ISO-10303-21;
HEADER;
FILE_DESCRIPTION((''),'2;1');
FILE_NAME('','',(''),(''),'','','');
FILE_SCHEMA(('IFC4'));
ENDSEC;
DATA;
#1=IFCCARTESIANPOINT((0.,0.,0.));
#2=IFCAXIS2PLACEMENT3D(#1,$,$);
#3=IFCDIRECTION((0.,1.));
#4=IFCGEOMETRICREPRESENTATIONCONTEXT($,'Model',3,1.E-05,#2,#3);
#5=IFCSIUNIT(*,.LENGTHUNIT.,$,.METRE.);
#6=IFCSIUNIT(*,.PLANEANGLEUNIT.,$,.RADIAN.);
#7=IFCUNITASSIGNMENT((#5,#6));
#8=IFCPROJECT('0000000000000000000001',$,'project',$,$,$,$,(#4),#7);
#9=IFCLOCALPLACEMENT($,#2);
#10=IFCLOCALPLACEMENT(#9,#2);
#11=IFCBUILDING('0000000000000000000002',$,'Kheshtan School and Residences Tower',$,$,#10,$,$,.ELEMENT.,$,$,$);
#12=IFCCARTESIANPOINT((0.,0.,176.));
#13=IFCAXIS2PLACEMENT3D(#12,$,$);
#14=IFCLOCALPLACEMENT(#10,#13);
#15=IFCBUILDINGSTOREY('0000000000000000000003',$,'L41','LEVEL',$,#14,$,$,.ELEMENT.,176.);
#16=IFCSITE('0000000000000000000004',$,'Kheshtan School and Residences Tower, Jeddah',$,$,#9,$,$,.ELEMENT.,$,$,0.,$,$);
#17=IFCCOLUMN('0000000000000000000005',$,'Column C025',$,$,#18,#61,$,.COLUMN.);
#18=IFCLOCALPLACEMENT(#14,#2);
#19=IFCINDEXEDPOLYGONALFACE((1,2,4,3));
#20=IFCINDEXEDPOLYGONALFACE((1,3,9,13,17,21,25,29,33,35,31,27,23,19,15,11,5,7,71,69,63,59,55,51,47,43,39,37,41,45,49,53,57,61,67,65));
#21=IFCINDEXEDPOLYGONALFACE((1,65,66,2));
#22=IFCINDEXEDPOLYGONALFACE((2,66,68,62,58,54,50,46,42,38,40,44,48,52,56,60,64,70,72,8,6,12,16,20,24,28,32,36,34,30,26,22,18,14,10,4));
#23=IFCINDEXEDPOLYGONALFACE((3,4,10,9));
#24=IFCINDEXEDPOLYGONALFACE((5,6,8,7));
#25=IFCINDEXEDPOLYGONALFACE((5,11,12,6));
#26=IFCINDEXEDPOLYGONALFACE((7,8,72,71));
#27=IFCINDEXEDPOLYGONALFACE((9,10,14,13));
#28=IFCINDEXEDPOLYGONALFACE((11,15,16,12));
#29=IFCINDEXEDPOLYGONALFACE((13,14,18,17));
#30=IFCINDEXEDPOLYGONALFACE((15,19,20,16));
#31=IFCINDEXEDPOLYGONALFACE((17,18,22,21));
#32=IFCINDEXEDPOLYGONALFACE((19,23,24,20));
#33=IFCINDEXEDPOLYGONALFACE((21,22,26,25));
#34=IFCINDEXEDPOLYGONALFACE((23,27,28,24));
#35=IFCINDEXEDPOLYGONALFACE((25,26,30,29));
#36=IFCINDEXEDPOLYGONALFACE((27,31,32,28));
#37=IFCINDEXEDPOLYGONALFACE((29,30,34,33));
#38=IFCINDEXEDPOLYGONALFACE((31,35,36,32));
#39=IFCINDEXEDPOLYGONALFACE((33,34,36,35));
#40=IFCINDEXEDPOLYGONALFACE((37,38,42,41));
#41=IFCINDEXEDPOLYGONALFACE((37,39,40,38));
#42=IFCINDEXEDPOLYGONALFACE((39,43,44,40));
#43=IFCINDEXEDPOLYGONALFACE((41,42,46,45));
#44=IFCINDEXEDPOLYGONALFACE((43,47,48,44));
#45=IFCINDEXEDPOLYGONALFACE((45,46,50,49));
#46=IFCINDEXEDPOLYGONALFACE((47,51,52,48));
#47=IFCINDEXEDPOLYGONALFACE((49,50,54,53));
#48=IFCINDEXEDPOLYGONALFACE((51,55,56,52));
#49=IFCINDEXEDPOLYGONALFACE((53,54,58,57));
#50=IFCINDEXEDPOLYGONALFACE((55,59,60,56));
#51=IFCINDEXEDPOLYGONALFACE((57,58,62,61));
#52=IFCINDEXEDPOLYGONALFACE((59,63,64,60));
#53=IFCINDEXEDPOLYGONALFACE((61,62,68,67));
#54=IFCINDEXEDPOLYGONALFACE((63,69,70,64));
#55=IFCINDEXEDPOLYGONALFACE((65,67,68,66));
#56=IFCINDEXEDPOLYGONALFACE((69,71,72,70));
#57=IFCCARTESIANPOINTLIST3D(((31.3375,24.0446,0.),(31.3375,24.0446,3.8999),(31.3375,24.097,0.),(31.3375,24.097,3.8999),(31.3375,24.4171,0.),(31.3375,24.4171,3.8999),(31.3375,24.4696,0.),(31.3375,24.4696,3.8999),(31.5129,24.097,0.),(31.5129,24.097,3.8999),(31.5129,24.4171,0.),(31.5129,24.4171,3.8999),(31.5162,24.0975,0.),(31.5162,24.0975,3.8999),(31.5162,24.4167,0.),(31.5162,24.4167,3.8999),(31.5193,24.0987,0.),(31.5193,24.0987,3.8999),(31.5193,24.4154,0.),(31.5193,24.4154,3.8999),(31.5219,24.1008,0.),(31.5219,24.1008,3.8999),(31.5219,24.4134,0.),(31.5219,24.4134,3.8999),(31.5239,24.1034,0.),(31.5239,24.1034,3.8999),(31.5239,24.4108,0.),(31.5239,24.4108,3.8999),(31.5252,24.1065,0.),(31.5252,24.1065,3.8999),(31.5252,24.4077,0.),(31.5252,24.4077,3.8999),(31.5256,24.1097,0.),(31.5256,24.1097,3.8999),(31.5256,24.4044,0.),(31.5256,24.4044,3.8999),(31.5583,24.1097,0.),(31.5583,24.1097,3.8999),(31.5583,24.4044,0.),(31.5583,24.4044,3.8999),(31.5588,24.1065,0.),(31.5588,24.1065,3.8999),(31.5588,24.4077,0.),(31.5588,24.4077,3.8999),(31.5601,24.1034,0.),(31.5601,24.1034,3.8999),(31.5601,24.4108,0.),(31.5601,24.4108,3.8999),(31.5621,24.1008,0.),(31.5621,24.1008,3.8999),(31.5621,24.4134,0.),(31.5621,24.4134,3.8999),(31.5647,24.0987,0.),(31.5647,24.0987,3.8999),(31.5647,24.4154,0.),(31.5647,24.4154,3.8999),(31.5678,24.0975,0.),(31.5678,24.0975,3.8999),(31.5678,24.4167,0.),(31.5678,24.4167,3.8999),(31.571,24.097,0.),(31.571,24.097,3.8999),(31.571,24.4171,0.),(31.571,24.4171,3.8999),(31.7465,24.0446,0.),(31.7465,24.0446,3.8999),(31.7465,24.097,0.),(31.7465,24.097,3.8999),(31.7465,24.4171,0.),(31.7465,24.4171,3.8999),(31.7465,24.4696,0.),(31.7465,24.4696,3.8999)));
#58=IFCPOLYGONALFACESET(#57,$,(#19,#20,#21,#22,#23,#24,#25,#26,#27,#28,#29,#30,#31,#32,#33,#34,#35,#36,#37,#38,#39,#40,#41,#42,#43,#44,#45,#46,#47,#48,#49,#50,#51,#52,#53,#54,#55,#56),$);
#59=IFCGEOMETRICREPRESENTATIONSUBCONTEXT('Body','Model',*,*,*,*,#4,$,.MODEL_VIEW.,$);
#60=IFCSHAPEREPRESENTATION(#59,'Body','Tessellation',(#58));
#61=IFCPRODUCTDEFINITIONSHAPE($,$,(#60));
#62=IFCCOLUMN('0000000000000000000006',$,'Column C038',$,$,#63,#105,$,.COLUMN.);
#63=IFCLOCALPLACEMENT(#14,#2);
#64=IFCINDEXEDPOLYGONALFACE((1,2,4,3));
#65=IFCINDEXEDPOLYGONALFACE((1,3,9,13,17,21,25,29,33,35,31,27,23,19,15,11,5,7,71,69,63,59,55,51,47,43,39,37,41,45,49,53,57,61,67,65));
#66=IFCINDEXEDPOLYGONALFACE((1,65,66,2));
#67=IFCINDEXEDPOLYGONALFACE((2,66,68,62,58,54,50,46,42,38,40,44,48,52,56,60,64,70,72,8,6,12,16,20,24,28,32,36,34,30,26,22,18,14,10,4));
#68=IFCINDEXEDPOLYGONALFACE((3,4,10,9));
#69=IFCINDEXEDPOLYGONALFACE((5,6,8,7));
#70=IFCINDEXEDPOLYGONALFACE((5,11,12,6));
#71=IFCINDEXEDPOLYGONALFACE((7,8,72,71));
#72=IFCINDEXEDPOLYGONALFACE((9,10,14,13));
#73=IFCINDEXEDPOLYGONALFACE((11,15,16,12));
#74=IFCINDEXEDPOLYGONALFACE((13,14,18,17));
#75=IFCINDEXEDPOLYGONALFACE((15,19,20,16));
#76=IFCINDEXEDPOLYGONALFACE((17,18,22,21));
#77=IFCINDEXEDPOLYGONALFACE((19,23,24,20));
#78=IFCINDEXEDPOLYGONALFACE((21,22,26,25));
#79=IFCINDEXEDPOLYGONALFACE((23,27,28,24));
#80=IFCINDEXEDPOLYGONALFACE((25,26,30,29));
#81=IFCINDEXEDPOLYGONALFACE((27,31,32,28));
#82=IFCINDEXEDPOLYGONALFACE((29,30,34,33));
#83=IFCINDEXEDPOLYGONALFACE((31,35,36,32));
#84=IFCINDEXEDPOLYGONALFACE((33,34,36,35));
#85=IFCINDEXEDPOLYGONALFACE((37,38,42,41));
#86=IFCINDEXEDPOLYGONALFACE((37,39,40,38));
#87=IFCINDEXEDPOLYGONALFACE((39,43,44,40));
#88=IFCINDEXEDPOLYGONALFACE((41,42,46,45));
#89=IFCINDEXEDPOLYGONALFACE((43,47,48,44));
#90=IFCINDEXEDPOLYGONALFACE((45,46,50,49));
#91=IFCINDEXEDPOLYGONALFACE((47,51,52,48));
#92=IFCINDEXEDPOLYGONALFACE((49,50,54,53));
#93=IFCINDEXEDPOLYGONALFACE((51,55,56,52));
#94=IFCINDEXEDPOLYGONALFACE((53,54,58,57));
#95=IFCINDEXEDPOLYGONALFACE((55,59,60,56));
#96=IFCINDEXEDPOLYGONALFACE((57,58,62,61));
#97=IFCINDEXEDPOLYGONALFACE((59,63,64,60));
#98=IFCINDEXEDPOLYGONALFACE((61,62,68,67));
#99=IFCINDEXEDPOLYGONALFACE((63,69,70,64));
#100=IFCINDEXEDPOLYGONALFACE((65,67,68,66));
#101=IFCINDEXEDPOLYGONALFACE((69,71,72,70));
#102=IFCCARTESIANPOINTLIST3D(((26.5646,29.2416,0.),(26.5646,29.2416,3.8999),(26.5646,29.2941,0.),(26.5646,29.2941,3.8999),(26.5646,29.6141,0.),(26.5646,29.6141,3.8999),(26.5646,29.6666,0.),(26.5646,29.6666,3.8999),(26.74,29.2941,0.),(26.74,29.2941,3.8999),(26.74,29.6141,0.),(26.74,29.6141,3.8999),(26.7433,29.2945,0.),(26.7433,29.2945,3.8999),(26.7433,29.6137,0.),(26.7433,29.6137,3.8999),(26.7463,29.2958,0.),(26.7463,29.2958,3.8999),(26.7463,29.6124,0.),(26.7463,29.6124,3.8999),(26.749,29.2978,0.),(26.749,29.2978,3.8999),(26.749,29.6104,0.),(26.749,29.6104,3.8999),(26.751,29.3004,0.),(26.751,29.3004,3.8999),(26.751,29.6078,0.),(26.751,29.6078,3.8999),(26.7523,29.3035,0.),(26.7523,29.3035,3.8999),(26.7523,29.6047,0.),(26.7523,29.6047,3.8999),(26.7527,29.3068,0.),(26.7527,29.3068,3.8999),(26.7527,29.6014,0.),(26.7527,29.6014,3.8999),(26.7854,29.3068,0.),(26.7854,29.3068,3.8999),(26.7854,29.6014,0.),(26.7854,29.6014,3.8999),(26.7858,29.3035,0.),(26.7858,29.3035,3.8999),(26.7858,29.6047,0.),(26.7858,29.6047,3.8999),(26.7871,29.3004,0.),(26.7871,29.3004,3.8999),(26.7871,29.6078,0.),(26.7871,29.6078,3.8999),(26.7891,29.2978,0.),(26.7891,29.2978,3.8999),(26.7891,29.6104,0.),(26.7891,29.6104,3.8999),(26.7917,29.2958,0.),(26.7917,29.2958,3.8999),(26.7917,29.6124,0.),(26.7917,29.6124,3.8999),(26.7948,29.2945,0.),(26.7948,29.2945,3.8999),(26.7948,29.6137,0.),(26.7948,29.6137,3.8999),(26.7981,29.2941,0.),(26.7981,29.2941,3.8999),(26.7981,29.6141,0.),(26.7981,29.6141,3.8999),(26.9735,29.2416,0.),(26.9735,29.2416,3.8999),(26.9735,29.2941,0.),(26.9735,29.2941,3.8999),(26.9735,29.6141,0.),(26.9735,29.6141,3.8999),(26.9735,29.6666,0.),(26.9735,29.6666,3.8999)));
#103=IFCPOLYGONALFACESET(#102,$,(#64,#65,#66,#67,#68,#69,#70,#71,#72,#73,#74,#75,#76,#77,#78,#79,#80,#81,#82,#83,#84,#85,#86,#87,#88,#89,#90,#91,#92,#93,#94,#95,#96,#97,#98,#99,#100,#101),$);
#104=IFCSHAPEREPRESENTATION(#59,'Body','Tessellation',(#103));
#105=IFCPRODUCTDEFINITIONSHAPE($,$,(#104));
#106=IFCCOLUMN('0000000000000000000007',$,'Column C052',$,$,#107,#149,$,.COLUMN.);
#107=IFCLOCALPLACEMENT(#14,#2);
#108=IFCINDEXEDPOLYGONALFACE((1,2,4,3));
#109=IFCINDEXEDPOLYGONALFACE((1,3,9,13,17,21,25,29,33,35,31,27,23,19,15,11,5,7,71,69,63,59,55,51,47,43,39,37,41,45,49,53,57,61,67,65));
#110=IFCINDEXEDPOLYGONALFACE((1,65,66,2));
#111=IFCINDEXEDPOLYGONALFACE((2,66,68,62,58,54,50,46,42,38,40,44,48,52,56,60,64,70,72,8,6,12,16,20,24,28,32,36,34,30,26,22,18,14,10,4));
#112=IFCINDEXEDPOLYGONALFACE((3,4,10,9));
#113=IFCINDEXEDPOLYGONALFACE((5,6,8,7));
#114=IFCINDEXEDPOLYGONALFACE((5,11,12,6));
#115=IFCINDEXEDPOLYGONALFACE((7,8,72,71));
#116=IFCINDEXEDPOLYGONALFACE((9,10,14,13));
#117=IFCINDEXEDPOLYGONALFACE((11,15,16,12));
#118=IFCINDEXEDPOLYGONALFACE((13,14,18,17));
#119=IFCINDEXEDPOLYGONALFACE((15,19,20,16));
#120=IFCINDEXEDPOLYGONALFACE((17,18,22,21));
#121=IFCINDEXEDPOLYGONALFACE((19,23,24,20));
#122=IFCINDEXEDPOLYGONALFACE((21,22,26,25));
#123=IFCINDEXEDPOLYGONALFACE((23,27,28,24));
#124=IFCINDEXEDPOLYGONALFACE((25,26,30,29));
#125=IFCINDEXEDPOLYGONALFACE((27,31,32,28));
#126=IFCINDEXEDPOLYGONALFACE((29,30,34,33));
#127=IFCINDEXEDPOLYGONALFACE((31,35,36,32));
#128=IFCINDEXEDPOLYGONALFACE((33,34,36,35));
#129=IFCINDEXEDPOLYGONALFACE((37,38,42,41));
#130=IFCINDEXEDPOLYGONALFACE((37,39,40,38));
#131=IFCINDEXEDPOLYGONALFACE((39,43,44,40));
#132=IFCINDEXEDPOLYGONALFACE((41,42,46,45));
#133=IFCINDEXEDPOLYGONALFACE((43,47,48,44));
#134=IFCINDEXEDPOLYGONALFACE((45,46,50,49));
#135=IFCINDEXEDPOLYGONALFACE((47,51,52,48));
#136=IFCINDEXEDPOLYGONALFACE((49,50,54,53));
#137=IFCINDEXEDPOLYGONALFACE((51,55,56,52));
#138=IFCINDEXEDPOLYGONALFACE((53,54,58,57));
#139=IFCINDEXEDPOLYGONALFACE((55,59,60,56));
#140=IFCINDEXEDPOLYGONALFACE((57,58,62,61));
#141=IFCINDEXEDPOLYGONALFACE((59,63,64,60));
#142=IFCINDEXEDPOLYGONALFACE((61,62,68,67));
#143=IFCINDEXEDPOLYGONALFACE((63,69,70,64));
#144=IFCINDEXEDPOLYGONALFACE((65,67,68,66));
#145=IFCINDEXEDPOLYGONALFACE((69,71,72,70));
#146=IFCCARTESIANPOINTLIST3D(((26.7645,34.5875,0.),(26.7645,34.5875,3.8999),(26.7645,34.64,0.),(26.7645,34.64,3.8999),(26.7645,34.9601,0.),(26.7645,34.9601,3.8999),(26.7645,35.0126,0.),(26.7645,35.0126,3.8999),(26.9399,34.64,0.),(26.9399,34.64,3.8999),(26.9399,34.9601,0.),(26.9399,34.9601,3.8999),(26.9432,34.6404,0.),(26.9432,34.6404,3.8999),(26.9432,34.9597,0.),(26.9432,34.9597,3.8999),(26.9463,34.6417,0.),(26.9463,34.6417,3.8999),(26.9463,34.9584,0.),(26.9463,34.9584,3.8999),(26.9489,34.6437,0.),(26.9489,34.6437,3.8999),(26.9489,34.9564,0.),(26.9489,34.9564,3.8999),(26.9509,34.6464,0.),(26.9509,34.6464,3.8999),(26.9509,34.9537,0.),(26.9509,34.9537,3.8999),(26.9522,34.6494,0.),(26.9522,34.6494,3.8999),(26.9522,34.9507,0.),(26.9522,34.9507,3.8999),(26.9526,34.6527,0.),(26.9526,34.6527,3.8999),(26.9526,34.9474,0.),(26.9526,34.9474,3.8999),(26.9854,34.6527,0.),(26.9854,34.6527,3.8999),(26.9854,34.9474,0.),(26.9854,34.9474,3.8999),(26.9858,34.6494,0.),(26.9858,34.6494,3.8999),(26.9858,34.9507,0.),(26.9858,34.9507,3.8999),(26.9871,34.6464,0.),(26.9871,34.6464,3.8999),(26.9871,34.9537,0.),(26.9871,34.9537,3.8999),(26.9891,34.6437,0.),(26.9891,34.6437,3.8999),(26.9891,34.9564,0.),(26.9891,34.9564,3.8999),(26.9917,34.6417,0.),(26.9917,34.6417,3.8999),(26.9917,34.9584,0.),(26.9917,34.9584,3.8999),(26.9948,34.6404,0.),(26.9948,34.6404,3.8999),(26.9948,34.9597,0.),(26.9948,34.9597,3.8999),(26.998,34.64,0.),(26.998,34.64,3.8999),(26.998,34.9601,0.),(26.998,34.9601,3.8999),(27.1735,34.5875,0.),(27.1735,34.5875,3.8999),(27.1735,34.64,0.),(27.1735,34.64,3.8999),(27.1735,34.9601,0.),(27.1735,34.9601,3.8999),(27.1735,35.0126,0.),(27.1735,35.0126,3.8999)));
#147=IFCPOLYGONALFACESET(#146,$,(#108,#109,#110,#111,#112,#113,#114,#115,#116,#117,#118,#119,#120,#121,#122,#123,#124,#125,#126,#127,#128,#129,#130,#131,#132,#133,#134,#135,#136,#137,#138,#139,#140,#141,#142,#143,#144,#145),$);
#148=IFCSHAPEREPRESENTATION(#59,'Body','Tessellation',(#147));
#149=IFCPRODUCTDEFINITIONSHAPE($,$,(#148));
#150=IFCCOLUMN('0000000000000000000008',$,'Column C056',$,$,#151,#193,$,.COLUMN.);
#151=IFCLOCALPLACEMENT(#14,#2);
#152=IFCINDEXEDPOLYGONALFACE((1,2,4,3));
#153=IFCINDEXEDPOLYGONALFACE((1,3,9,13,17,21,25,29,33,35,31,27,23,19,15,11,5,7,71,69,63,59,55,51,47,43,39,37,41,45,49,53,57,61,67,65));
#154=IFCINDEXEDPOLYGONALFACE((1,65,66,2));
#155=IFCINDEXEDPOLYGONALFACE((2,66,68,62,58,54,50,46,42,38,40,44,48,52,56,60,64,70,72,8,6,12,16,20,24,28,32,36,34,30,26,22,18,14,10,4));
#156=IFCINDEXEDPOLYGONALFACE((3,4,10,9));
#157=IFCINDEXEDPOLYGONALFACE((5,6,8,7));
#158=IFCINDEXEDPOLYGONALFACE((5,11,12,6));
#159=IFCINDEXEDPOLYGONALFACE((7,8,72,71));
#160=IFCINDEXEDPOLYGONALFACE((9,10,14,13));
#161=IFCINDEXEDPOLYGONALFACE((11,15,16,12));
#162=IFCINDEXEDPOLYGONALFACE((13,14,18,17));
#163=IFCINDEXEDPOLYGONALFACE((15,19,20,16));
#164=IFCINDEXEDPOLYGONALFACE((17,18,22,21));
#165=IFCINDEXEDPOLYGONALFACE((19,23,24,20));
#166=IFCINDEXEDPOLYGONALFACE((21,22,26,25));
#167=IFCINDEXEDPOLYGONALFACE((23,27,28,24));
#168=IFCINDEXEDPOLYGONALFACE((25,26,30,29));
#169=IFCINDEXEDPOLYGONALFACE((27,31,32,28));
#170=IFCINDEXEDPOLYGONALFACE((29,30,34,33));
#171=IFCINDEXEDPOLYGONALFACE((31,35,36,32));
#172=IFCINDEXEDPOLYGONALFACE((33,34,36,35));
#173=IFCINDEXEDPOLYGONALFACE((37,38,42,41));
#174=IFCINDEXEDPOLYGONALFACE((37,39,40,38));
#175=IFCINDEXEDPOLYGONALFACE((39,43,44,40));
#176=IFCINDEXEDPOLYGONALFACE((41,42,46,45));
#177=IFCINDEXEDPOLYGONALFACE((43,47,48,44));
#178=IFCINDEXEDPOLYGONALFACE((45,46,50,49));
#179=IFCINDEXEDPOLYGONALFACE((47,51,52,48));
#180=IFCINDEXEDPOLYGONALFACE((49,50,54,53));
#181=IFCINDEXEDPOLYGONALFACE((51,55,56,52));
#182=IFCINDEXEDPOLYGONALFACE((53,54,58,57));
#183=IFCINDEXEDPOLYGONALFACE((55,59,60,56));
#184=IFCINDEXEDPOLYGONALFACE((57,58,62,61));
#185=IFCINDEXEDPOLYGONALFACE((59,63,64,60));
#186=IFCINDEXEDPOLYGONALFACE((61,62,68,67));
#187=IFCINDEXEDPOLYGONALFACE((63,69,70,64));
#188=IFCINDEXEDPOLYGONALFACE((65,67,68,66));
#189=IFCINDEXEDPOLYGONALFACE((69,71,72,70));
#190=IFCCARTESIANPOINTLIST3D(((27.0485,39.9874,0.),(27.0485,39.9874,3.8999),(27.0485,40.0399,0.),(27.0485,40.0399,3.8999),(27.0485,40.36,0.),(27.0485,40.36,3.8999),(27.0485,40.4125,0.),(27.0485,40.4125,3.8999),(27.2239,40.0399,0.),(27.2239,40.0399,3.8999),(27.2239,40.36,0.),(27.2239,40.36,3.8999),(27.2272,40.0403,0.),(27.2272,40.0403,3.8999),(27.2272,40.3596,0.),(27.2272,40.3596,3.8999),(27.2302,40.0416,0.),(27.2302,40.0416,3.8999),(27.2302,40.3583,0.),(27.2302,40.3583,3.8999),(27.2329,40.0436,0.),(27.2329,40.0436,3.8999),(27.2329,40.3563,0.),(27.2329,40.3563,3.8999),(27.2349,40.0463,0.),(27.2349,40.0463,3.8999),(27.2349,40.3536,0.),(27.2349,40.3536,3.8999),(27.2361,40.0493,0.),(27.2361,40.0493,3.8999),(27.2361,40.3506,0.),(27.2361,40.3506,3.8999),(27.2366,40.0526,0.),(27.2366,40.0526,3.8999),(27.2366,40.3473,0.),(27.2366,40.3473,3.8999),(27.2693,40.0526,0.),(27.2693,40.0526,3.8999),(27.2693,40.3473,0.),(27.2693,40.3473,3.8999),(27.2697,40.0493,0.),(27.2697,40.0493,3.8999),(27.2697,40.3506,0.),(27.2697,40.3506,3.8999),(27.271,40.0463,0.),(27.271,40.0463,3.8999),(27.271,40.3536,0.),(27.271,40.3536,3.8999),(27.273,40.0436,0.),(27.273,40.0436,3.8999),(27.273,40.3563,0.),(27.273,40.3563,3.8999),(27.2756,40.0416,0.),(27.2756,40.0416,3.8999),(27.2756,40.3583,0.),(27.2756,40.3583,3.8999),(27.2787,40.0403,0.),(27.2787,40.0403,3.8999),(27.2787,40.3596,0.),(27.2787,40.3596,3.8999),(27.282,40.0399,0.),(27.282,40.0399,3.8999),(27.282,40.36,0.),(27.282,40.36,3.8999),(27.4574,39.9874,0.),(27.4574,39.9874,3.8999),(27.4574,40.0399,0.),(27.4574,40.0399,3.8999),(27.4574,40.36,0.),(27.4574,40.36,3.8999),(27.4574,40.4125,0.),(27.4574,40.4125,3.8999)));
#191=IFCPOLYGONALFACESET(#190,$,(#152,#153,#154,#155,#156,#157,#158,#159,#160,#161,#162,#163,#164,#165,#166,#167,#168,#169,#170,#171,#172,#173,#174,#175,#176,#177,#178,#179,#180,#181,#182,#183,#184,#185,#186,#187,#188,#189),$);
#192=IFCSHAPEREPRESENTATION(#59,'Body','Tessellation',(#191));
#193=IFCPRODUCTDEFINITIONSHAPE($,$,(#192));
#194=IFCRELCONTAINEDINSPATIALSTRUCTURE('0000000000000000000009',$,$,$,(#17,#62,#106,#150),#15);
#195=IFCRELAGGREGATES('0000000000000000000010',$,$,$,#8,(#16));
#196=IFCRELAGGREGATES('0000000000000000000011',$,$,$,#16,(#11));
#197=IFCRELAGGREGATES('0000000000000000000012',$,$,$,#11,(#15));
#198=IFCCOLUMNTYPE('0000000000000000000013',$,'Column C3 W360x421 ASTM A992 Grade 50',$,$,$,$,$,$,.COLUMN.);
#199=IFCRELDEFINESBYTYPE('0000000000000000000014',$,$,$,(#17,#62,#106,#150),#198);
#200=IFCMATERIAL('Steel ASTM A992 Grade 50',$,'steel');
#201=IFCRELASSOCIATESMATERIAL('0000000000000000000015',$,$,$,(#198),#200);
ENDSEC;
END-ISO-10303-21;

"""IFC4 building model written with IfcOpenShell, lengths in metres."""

from ifc_helpers import new_model, si_unit, direction, frame, origin, origin_2d, place, context, subcontext, project, spatial, i_section, extrude, material, material_profile, profile_set, type_object, element, save


model = new_model("IFC4")

# Units and contexts
model_context = context("Model", 3, precision=1e-05, world=origin(), true_north=direction((0.0, 1.0)))
body_context = subcontext(model_context, "Body", "Model", "MODEL_VIEW")
ifc_project = project(units=[si_unit("LENGTHUNIT", "METRE"), si_unit("PLANEANGLEUNIT", "RADIAN")], contexts=[model_context])

# Site, building, storey
site_placement = place(None, origin())
site = spatial("IfcSite", under=ifc_project, at=site_placement, Name="Kheshtan School and Residences Tower, Jeddah", CompositionType="ELEMENT", RefElevation=0.0)
building_placement = place(site_placement, origin())
building = spatial("IfcBuilding", under=site, at=building_placement, Name="Kheshtan School and Residences Tower", CompositionType="ELEMENT")
storey_placement = place(building_placement, frame((0.0, 0.0, 176.0)))
storey = spatial("IfcBuildingStorey", under=building, at=storey_placement, Name="L41", Description="LEVEL", CompositionType="ELEMENT", Elevation=176.0)

# Columns
ifc_material_1 = material(Name="Steel ASTM A992 Grade 50", Category="steel")
ifc_material_profile_1 = material_profile(ifc_material_1, i_section(OverallWidth=0.4089, OverallDepth=0.425, WebThickness=0.0327, FlangeThickness=0.0525, FilletRadius=0.0127, at=origin_2d()), Name="W360x421")
ifc_profile_set_1 = profile_set([ifc_material_profile_1], Name="Steel ASTM A992 Grade 50")
column_type = type_object("IfcColumnType", Name="Column C3 W360x421 ASTM A992 Grade 50", PredefinedType="COLUMN", material=ifc_profile_set_1)
for number, where, z_axis, x_axis, name in (
    (1, (31.542, 24.2571, 0.0), (0.0, 0.0, 1.0), (1.0, 0.0, 0.0), "Column C025"),
    (2, (26.769, 29.4541, 0.0), (0.0, 0.0, 1.0), (1.0, 0.0, 0.0), "Column C038"),
    (3, (26.969, 34.8, 0.0), (0.0, 0.0, 1.0), (1.0, 0.0, 0.0), "Column C052"),
    (4, (27.2529, 40.2, 0.0), (0.0, 0.0, 1.0), (1.0, 0.0, 0.0), "Column C056"),
):
    element("IfcColumn", number, at=place(storey_placement, frame(where, z_axis=z_axis, x_axis=x_axis)), inside=storey, type_object=column_type, Name=name, PredefinedType="COLUMN", context=body_context, shape_type="SweptSolid", body=[
        extrude(i_section(OverallWidth=0.4089, OverallDepth=0.425, WebThickness=0.0327, FlangeThickness=0.0525, FilletRadius=0.0127, at=origin_2d()), origin(), (0.0, 0.0, 1.0), 3.8999),
    ])

save(model, "model.ifc")
